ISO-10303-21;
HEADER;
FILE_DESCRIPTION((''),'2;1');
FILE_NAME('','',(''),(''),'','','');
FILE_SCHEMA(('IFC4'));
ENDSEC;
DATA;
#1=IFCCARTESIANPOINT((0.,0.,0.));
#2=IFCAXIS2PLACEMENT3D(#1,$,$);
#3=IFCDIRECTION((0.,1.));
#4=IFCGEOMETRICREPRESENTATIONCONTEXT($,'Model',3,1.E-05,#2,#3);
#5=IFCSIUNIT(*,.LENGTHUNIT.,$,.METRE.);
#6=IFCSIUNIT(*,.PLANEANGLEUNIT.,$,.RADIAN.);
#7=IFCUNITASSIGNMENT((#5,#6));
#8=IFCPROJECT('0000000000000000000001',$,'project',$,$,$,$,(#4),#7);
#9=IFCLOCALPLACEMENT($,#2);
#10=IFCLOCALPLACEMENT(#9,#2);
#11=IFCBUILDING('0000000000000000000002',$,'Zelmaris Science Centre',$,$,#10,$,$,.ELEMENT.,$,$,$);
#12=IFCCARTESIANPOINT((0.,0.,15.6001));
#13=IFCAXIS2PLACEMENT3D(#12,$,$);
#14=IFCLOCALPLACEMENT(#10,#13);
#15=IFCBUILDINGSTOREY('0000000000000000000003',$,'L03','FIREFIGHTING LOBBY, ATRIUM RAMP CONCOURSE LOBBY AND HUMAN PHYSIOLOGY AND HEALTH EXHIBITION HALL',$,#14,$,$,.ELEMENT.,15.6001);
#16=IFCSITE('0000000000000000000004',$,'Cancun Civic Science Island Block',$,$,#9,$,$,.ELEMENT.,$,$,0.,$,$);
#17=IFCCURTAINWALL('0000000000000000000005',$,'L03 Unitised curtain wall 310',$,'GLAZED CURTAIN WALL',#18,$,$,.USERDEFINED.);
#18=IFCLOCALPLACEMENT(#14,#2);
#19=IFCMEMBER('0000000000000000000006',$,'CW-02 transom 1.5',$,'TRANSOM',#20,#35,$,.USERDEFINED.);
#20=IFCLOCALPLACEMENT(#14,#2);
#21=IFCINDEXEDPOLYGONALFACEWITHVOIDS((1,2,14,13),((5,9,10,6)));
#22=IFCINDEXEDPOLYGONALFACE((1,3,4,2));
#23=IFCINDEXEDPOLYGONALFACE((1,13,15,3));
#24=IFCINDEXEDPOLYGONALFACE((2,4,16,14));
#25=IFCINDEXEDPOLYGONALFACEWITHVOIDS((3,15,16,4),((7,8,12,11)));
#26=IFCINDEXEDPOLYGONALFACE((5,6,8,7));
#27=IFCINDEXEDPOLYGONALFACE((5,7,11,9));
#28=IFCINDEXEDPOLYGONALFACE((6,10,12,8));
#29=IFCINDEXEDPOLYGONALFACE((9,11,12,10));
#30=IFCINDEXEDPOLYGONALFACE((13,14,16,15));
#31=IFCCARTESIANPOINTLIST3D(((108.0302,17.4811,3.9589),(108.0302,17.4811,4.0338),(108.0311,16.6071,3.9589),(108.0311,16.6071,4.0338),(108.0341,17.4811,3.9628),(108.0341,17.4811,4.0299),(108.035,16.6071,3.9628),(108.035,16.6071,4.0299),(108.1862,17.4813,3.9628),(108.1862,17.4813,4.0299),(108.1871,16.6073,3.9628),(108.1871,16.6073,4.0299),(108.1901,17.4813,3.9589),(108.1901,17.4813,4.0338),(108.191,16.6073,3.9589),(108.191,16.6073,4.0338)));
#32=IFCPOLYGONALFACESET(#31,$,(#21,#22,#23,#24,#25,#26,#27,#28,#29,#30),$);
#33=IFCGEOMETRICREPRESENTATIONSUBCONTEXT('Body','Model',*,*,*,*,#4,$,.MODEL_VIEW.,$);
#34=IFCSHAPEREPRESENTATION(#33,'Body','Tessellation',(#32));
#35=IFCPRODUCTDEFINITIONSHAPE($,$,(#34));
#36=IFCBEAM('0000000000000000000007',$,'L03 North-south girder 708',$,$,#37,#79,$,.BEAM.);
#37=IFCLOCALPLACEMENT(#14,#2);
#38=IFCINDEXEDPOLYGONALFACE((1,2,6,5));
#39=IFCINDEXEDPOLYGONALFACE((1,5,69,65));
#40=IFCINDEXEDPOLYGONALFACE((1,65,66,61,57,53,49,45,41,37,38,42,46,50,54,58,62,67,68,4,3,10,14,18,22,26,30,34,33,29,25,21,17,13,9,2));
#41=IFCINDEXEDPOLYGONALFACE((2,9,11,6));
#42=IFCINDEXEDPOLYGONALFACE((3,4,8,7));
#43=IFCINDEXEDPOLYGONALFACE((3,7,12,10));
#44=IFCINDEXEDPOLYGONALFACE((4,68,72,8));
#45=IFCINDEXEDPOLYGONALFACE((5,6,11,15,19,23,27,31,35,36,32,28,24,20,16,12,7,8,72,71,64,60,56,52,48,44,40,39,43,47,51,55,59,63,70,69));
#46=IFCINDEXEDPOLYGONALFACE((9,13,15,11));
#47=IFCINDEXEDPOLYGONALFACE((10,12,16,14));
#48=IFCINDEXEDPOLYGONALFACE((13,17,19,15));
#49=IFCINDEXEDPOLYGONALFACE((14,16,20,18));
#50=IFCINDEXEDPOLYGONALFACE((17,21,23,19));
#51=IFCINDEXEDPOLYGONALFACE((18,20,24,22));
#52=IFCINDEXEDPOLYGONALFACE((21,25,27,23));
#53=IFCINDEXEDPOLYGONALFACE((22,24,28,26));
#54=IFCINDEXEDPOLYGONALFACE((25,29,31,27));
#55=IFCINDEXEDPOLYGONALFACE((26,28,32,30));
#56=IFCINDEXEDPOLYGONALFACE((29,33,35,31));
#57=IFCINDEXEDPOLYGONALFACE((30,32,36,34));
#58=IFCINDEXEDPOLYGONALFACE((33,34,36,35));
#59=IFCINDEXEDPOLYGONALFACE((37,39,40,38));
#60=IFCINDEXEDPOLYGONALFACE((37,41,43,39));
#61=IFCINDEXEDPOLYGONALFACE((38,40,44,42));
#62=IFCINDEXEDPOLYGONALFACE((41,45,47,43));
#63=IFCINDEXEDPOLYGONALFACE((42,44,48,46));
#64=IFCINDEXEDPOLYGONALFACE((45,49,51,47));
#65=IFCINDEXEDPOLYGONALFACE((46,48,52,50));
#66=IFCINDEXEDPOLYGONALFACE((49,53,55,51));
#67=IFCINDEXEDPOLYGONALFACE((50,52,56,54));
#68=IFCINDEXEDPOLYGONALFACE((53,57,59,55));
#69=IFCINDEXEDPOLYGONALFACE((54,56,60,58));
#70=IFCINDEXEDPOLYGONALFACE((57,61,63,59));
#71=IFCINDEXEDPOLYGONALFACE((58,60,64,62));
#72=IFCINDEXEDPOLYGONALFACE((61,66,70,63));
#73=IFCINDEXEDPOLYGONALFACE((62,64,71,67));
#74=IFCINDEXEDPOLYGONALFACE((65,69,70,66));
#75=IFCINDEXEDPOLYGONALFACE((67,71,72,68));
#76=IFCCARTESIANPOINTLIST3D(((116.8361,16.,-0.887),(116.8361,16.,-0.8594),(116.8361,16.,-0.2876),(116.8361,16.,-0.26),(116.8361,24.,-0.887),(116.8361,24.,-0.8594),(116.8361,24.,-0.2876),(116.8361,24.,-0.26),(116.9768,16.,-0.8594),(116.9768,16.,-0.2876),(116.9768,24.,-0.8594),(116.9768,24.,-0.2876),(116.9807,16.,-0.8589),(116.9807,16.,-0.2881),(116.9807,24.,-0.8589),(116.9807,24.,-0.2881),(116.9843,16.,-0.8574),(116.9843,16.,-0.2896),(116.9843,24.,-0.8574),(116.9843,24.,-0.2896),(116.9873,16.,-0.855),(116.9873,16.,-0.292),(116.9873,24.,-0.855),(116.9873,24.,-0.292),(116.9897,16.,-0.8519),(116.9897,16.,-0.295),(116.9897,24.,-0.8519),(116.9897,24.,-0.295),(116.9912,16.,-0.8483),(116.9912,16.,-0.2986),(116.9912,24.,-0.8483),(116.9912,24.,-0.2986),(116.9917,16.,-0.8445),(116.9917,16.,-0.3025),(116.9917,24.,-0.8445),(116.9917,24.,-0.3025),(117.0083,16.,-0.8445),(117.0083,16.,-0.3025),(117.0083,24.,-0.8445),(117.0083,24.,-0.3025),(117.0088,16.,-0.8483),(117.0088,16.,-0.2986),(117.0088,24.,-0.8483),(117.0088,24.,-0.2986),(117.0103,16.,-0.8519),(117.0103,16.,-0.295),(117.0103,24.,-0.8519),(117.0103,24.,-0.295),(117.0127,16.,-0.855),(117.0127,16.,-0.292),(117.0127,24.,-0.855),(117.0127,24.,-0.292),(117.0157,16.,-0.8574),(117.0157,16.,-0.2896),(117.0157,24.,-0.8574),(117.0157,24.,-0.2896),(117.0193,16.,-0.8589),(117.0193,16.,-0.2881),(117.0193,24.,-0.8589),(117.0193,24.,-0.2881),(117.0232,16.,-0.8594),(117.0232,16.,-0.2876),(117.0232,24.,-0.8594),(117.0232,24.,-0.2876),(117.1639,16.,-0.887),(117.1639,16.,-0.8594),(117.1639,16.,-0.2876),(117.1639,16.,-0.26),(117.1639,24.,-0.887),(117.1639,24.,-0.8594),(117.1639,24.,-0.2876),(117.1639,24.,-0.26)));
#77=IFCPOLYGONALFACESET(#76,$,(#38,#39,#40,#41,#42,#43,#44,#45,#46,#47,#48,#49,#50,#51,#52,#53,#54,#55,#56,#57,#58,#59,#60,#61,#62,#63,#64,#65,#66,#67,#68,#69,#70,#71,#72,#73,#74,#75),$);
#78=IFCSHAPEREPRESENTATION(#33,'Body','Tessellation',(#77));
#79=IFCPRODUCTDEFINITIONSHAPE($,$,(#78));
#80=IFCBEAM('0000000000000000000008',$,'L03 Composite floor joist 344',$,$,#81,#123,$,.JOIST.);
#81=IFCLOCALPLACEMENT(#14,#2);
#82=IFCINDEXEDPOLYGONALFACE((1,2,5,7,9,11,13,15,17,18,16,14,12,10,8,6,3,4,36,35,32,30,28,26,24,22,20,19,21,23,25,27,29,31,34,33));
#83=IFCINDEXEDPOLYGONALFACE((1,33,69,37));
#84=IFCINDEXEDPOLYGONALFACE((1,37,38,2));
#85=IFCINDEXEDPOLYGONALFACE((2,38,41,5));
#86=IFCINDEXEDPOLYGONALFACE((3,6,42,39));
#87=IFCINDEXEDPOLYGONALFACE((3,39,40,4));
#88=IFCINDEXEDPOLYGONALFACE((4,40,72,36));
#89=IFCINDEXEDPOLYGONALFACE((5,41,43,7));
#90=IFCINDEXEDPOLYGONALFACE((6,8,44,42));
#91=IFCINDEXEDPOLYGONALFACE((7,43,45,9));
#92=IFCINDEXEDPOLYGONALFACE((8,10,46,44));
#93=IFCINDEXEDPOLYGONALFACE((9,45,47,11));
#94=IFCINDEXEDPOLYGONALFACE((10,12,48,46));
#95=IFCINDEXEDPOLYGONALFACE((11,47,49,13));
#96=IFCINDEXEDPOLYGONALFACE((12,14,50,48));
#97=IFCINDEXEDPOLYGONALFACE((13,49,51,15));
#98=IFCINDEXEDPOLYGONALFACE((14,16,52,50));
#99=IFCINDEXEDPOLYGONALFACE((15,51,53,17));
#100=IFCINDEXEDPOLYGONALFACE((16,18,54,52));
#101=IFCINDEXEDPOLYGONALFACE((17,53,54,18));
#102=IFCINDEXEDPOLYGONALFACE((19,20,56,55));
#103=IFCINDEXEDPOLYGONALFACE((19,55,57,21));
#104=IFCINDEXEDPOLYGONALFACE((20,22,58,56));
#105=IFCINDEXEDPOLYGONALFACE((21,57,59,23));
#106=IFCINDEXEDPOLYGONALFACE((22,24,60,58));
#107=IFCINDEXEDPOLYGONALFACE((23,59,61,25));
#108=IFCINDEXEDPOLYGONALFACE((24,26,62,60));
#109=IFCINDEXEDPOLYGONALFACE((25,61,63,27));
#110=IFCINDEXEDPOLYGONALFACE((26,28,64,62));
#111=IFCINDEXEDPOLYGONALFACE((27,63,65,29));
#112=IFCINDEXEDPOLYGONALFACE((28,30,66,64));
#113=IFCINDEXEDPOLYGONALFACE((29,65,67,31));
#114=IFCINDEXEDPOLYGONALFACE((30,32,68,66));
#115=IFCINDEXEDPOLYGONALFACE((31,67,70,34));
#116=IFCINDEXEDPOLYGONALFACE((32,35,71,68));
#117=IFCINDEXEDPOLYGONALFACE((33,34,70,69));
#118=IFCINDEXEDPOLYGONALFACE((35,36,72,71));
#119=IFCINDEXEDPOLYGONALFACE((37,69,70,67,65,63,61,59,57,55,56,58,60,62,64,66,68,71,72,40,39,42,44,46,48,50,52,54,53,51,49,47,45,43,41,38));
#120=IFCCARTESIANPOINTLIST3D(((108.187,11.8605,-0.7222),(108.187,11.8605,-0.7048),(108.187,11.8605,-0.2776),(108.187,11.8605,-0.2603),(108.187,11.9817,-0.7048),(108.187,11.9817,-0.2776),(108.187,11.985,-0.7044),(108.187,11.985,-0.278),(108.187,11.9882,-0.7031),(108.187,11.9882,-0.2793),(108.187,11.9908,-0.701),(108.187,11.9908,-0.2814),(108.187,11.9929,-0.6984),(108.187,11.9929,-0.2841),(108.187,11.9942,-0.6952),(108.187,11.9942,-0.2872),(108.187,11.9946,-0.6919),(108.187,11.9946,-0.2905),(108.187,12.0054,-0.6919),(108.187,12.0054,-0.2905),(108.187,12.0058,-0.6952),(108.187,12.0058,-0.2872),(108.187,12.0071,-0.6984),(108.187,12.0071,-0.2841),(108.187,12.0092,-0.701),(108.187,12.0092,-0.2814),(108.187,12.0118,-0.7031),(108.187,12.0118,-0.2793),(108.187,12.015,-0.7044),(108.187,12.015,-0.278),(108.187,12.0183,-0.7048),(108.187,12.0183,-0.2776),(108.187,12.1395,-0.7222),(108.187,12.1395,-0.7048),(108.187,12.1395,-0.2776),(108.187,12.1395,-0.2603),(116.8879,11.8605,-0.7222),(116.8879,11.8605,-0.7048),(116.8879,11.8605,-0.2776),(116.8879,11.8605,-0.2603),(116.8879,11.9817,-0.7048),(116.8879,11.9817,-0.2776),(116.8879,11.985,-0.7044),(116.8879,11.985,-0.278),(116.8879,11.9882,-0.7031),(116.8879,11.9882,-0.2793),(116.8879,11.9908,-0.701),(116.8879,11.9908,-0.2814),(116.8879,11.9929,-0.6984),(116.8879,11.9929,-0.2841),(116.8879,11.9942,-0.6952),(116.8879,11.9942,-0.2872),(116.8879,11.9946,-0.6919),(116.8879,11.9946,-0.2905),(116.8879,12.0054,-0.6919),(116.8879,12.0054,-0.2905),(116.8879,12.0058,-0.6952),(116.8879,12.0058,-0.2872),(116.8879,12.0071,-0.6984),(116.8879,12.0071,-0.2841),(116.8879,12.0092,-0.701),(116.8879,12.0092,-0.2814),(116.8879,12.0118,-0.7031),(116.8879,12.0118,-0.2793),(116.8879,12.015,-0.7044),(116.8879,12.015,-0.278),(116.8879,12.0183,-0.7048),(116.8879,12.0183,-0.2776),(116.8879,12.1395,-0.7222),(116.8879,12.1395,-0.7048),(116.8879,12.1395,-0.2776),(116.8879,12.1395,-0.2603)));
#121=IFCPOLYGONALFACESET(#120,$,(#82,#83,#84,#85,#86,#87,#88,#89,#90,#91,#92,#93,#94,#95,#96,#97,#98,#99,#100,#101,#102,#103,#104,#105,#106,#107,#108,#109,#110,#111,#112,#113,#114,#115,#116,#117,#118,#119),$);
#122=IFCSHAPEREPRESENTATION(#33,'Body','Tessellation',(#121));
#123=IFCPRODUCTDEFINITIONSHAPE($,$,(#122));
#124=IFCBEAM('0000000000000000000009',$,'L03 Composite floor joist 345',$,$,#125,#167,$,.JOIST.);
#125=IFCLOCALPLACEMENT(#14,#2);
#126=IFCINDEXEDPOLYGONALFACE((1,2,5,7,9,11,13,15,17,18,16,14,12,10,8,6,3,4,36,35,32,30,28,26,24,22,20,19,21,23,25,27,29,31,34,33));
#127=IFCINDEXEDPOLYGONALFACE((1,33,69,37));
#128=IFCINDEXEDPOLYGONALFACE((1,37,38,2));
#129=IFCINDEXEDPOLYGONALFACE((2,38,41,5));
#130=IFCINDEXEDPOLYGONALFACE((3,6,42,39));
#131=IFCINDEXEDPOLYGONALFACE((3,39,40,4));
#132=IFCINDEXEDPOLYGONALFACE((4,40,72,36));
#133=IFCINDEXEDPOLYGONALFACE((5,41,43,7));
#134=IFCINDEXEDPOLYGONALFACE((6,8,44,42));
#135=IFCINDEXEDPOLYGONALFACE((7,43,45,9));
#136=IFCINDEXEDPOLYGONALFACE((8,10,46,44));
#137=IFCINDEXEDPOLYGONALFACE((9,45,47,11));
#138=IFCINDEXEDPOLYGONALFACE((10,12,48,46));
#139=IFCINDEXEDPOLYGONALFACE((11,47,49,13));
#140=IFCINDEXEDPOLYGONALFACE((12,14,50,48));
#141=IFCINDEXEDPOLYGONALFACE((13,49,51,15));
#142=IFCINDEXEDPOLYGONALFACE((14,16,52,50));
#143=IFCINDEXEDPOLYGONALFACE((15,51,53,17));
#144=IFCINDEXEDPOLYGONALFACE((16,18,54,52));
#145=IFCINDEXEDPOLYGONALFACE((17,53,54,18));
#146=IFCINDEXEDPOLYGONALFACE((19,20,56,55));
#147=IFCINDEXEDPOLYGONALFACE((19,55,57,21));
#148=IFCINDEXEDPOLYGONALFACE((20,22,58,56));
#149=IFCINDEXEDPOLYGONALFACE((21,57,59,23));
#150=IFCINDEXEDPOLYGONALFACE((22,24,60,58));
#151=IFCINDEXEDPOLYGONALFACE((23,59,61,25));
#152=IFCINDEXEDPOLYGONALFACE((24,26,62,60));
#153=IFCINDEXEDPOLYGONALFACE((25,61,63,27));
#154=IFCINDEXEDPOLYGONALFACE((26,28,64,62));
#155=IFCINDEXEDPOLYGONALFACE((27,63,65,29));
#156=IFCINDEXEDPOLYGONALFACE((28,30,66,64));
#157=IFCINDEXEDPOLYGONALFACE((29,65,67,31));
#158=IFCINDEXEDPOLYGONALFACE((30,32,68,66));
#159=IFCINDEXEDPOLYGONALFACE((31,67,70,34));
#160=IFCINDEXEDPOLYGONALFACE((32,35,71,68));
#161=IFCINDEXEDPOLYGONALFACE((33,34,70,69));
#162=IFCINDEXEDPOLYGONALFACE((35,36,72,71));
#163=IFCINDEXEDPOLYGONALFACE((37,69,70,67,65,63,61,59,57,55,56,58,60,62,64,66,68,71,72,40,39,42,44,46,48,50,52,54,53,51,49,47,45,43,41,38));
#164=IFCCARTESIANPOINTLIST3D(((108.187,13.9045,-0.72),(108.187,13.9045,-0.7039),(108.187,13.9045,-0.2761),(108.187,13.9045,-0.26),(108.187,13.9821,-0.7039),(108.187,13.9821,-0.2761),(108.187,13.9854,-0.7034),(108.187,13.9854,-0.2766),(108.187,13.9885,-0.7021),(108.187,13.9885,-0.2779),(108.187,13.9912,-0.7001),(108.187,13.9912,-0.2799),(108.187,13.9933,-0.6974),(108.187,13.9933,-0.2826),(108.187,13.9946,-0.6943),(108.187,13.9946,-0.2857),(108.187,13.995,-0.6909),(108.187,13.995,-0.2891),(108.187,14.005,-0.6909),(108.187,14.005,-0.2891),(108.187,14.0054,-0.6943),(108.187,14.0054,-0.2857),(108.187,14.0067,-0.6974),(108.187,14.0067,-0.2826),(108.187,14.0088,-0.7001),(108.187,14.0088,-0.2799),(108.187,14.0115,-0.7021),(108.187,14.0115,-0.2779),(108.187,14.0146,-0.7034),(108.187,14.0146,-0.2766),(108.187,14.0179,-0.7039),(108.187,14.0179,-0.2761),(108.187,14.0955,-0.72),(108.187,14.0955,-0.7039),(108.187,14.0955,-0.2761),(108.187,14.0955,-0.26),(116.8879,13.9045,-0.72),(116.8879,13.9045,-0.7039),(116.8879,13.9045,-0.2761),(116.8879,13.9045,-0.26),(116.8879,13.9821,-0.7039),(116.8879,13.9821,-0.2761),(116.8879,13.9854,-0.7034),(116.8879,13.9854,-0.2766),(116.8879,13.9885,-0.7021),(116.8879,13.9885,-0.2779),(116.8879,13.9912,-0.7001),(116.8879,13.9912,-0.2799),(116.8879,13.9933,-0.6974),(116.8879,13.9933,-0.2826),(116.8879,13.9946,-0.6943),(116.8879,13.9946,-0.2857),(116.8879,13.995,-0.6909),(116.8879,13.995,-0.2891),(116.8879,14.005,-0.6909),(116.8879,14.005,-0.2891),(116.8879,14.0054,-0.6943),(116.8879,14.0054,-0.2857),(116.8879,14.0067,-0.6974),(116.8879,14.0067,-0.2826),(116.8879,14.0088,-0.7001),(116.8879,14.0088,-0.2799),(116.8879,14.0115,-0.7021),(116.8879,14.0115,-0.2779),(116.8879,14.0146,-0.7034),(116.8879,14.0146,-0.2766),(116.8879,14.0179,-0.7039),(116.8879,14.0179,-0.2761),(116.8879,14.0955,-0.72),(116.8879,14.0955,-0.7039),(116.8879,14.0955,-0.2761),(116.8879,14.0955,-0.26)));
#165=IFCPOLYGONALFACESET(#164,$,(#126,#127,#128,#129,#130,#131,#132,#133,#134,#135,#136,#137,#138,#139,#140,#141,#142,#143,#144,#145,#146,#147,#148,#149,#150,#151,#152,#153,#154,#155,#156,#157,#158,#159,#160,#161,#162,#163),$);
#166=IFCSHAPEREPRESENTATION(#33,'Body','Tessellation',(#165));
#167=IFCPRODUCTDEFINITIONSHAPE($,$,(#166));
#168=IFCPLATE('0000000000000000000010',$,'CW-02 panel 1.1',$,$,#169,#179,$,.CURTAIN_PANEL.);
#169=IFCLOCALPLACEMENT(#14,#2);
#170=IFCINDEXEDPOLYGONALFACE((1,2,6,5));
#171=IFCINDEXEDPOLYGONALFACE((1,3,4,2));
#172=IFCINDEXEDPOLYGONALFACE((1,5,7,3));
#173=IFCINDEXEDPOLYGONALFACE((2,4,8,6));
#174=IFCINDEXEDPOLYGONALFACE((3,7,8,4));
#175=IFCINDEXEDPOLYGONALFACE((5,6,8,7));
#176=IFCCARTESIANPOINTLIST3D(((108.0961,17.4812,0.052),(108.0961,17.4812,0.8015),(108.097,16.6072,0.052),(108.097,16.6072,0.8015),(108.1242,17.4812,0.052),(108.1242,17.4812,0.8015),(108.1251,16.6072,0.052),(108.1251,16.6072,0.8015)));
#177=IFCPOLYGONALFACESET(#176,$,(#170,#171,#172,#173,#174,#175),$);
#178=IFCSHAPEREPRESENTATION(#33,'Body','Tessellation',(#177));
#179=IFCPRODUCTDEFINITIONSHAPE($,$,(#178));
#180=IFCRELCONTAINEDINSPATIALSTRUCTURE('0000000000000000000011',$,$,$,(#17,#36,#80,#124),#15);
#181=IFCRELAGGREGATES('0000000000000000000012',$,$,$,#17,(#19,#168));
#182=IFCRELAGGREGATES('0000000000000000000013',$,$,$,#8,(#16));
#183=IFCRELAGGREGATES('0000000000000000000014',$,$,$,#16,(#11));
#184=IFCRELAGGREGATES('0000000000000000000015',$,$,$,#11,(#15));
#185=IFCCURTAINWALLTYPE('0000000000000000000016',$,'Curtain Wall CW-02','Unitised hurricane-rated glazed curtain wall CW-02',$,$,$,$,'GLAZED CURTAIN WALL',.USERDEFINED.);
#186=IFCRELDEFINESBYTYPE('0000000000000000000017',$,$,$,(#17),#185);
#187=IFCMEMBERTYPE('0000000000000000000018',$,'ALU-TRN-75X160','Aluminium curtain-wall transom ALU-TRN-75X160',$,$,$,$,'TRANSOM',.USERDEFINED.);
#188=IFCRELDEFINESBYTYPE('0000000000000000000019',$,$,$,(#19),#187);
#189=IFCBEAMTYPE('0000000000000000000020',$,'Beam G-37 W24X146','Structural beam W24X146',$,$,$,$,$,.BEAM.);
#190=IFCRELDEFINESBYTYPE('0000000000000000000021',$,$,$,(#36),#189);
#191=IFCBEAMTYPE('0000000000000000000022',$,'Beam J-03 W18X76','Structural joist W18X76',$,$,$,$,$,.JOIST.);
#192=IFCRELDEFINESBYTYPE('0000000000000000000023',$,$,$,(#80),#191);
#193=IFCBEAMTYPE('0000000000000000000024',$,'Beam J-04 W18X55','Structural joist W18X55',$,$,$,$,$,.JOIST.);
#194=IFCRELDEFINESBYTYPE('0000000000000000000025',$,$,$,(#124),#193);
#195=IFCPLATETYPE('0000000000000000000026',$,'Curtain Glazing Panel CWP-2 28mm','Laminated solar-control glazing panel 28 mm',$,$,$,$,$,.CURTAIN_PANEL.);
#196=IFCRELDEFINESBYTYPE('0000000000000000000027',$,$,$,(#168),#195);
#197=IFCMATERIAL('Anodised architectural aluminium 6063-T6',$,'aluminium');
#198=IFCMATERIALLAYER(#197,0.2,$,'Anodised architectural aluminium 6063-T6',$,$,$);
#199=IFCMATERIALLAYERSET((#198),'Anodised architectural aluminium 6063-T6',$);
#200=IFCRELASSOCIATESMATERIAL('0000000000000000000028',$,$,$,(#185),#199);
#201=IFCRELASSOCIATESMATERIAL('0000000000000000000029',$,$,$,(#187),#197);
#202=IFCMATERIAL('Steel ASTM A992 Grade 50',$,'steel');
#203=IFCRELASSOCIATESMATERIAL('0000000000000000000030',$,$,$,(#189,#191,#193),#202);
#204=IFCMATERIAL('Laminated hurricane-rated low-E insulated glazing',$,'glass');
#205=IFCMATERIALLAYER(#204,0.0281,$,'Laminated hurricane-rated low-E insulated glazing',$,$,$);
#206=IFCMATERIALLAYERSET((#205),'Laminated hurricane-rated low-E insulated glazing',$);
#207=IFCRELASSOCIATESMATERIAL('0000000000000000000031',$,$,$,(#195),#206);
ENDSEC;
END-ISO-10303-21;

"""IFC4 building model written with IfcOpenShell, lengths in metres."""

from ifc_helpers import new_model, si_unit, direction, frame, origin, origin_2d, place, context, subcontext, project, spatial, rectangle, hollow_rectangle, i_section, extrude, material, layer, layer_set, material_profile, profile_set, type_object, element, aggregate, save


model = new_model("IFC4")

# Units and contexts
model_context = context("Model", 3, precision=1e-05, world=origin(), true_north=direction((0.0, 1.0)))
body_context = subcontext(model_context, "Body", "Model", "MODEL_VIEW")
ifc_project = project(units=[si_unit("LENGTHUNIT", "METRE"), si_unit("PLANEANGLEUNIT", "RADIAN")], contexts=[model_context])

# Site, building, storey
site_placement = place(None, origin())
site = spatial("IfcSite", under=ifc_project, at=site_placement, Name="Cancun Civic Science Island Block", CompositionType="ELEMENT", RefElevation=0.0)
building_placement = place(site_placement, origin())
building = spatial("IfcBuilding", under=site, at=building_placement, Name="Zelmaris Science Centre", CompositionType="ELEMENT")
storey_placement = place(building_placement, frame((0.0, 0.0, 15.6001)))
storey = spatial("IfcBuildingStorey", under=building, at=storey_placement, Name="L03", Description="FIREFIGHTING LOBBY, ATRIUM RAMP CONCOURSE LOBBY AND HUMAN PHYSIOLOGY AND HEALTH EXHIBITION HALL", CompositionType="ELEMENT", Elevation=15.6001)

# Shared definitions
ifc_material_1 = material(Name="Steel ASTM A992 Grade 50", Category="steel")

# Curtain wall
ifc_material_2 = material(Name="Anodised architectural aluminium 6063-T6", Category="aluminium")
ifc_layer_1 = layer(ifc_material_2, 0.2, Name="Anodised architectural aluminium 6063-T6")
ifc_layer_set_1 = layer_set([ifc_layer_1], Name="Anodised architectural aluminium 6063-T6")
curtain_wall_type_1 = type_object("IfcCurtainWallType", Name="Curtain Wall CW-02", Description="Unitised hurricane-rated glazed curtain wall CW-02", ElementType="GLAZED CURTAIN WALL", PredefinedType="USERDEFINED", material=ifc_layer_set_1)
curtain_wall_1_placement = place(storey_placement, origin())
curtain_wall_1 = element("IfcCurtainWall", 1, at=curtain_wall_1_placement, inside=storey, type_object=curtain_wall_type_1, Name="L03 Unitised curtain wall 310", ObjectType="GLAZED CURTAIN WALL", PredefinedType="USERDEFINED")

# Member
ifc_material_profile_1 = material_profile(ifc_material_2, hollow_rectangle(XDim=0.075, YDim=0.1599, WallThickness=0.0039, at=origin_2d()), Name="ALU-TRN-75X160")
ifc_profile_set_1 = profile_set([ifc_material_profile_1], Name="Anodised architectural aluminium 6063-T6")
member_type_1 = type_object("IfcMemberType", Name="ALU-TRN-75X160", Description="Aluminium curtain-wall transom ALU-TRN-75X160", ElementType="TRANSOM", PredefinedType="USERDEFINED", material=ifc_profile_set_1)
member_1_placement = place(storey_placement, frame((108.1111, 16.6072, 3.9963), z_axis=(-0.001117, 0.999999, 0.0), x_axis=(0.0, 0.0, 1.0)))
member_1 = element("IfcMember", 2, at=member_1_placement, type_object=member_type_1, Name="CW-02 transom 1.5", ObjectType="TRANSOM", PredefinedType="USERDEFINED", context=body_context, shape_type="SweptSolid", body=[
    extrude(hollow_rectangle(XDim=0.075, YDim=0.1599, WallThickness=0.0039, at=origin_2d()), origin(), (0.0, 0.0, 1.0), 0.874),
])

# Beams
ifc_material_profile_2 = material_profile(ifc_material_1, i_section(OverallWidth=0.3279, OverallDepth=0.627, WebThickness=0.0166, FlangeThickness=0.0276, FilletRadius=0.0149, at=origin_2d()), Name="W24X146")
ifc_profile_set_2 = profile_set([ifc_material_profile_2], Name="Steel ASTM A992 Grade 50")
beam_type_1 = type_object("IfcBeamType", Name="Beam G-37 W24X146", Description="Structural beam W24X146", PredefinedType="BEAM", material=ifc_profile_set_2)
beam_1_placement = place(storey_placement, frame((117.0, 16.0, -0.5735), z_axis=(0.0, 1.0, 0.0), x_axis=(-1.0, 0.0, 0.0)))
element("IfcBeam", 3, at=beam_1_placement, inside=storey, type_object=beam_type_1, Name="L03 North-south girder 708", PredefinedType="BEAM", context=body_context, shape_type="SweptSolid", body=[
    extrude(i_section(OverallWidth=0.3279, OverallDepth=0.627, WebThickness=0.0166, FlangeThickness=0.0276, FilletRadius=0.0149, at=origin_2d()), origin(), (0.0, 0.0, 1.0), 8.0),
])
ifc_material_profile_3 = material_profile(ifc_material_1, i_section(OverallWidth=0.2791, OverallDepth=0.4619, WebThickness=0.0107, FlangeThickness=0.0173, FilletRadius=0.0129, at=origin_2d()), Name="W18X76")
ifc_profile_set_3 = profile_set([ifc_material_profile_3], Name="Steel ASTM A992 Grade 50")
beam_type_2 = type_object("IfcBeamType", Name="Beam J-03 W18X76", Description="Structural joist W18X76", PredefinedType="JOIST", material=ifc_profile_set_3)
beam_2_placement = place(storey_placement, frame((108.187, 12.0, -0.4912), z_axis=(1.0, 0.0, 0.0), x_axis=(0.0, 1.0, 0.0)))
element("IfcBeam", 4, at=beam_2_placement, inside=storey, type_object=beam_type_2, Name="L03 Composite floor joist 344", PredefinedType="JOIST", context=body_context, shape_type="SweptSolid", body=[
    extrude(i_section(OverallWidth=0.2791, OverallDepth=0.4619, WebThickness=0.0107, FlangeThickness=0.0173, FilletRadius=0.0129, at=origin_2d()), origin(), (0.0, 0.0, 1.0), 8.7009),
])
ifc_material_profile_4 = material_profile(ifc_material_1, i_section(OverallWidth=0.1909, OverallDepth=0.46, WebThickness=0.01, FlangeThickness=0.0161, FilletRadius=0.0129, at=origin_2d()), Name="W18X55")
ifc_profile_set_4 = profile_set([ifc_material_profile_4], Name="Steel ASTM A992 Grade 50")
beam_type_3 = type_object("IfcBeamType", Name="Beam J-04 W18X55", Description="Structural joist W18X55", PredefinedType="JOIST", material=ifc_profile_set_4)
beam_3_placement = place(storey_placement, frame((108.187, 14.0, -0.49), z_axis=(1.0, 0.0, 0.0), x_axis=(0.0, 1.0, 0.0)))
element("IfcBeam", 5, at=beam_3_placement, inside=storey, type_object=beam_type_3, Name="L03 Composite floor joist 345", PredefinedType="JOIST", context=body_context, shape_type="SweptSolid", body=[
    extrude(i_section(OverallWidth=0.1909, OverallDepth=0.46, WebThickness=0.01, FlangeThickness=0.0161, FilletRadius=0.0129, at=origin_2d()), origin(), (0.0, 0.0, 1.0), 8.7009),
])

# Plate
ifc_material_3 = material(Name="Laminated hurricane-rated low-E insulated glazing", Category="glass")
ifc_layer_2 = layer(ifc_material_3, 0.0281, Name="Laminated hurricane-rated low-E insulated glazing")
ifc_layer_set_2 = layer_set([ifc_layer_2], Name="Laminated hurricane-rated low-E insulated glazing")
plate_type_1 = type_object("IfcPlateType", Name="Curtain Glazing Panel CWP-2 28mm", Description="Laminated solar-control glazing panel 28 mm", PredefinedType="CURTAIN_PANEL", material=ifc_layer_set_2)
plate_1_placement = place(storey_placement, frame((108.1106, 17.0442, 0.052), z_axis=(0.0, 0.0, 1.0), x_axis=(-0.001052, 0.999999, 0.0)))
plate_1 = element("IfcPlate", 6, at=plate_1_placement, type_object=plate_type_1, Name="CW-02 panel 1.1", PredefinedType="CURTAIN_PANEL", context=body_context, shape_type="SweptSolid", body=[
    extrude(rectangle(XDim=0.874, YDim=0.0281, at=origin_2d()), origin(), (0.0, 0.0, 1.0), 0.7495),
])
aggregate(curtain_wall_1, [member_1, plate_1])

save(model, "model.ifc")
